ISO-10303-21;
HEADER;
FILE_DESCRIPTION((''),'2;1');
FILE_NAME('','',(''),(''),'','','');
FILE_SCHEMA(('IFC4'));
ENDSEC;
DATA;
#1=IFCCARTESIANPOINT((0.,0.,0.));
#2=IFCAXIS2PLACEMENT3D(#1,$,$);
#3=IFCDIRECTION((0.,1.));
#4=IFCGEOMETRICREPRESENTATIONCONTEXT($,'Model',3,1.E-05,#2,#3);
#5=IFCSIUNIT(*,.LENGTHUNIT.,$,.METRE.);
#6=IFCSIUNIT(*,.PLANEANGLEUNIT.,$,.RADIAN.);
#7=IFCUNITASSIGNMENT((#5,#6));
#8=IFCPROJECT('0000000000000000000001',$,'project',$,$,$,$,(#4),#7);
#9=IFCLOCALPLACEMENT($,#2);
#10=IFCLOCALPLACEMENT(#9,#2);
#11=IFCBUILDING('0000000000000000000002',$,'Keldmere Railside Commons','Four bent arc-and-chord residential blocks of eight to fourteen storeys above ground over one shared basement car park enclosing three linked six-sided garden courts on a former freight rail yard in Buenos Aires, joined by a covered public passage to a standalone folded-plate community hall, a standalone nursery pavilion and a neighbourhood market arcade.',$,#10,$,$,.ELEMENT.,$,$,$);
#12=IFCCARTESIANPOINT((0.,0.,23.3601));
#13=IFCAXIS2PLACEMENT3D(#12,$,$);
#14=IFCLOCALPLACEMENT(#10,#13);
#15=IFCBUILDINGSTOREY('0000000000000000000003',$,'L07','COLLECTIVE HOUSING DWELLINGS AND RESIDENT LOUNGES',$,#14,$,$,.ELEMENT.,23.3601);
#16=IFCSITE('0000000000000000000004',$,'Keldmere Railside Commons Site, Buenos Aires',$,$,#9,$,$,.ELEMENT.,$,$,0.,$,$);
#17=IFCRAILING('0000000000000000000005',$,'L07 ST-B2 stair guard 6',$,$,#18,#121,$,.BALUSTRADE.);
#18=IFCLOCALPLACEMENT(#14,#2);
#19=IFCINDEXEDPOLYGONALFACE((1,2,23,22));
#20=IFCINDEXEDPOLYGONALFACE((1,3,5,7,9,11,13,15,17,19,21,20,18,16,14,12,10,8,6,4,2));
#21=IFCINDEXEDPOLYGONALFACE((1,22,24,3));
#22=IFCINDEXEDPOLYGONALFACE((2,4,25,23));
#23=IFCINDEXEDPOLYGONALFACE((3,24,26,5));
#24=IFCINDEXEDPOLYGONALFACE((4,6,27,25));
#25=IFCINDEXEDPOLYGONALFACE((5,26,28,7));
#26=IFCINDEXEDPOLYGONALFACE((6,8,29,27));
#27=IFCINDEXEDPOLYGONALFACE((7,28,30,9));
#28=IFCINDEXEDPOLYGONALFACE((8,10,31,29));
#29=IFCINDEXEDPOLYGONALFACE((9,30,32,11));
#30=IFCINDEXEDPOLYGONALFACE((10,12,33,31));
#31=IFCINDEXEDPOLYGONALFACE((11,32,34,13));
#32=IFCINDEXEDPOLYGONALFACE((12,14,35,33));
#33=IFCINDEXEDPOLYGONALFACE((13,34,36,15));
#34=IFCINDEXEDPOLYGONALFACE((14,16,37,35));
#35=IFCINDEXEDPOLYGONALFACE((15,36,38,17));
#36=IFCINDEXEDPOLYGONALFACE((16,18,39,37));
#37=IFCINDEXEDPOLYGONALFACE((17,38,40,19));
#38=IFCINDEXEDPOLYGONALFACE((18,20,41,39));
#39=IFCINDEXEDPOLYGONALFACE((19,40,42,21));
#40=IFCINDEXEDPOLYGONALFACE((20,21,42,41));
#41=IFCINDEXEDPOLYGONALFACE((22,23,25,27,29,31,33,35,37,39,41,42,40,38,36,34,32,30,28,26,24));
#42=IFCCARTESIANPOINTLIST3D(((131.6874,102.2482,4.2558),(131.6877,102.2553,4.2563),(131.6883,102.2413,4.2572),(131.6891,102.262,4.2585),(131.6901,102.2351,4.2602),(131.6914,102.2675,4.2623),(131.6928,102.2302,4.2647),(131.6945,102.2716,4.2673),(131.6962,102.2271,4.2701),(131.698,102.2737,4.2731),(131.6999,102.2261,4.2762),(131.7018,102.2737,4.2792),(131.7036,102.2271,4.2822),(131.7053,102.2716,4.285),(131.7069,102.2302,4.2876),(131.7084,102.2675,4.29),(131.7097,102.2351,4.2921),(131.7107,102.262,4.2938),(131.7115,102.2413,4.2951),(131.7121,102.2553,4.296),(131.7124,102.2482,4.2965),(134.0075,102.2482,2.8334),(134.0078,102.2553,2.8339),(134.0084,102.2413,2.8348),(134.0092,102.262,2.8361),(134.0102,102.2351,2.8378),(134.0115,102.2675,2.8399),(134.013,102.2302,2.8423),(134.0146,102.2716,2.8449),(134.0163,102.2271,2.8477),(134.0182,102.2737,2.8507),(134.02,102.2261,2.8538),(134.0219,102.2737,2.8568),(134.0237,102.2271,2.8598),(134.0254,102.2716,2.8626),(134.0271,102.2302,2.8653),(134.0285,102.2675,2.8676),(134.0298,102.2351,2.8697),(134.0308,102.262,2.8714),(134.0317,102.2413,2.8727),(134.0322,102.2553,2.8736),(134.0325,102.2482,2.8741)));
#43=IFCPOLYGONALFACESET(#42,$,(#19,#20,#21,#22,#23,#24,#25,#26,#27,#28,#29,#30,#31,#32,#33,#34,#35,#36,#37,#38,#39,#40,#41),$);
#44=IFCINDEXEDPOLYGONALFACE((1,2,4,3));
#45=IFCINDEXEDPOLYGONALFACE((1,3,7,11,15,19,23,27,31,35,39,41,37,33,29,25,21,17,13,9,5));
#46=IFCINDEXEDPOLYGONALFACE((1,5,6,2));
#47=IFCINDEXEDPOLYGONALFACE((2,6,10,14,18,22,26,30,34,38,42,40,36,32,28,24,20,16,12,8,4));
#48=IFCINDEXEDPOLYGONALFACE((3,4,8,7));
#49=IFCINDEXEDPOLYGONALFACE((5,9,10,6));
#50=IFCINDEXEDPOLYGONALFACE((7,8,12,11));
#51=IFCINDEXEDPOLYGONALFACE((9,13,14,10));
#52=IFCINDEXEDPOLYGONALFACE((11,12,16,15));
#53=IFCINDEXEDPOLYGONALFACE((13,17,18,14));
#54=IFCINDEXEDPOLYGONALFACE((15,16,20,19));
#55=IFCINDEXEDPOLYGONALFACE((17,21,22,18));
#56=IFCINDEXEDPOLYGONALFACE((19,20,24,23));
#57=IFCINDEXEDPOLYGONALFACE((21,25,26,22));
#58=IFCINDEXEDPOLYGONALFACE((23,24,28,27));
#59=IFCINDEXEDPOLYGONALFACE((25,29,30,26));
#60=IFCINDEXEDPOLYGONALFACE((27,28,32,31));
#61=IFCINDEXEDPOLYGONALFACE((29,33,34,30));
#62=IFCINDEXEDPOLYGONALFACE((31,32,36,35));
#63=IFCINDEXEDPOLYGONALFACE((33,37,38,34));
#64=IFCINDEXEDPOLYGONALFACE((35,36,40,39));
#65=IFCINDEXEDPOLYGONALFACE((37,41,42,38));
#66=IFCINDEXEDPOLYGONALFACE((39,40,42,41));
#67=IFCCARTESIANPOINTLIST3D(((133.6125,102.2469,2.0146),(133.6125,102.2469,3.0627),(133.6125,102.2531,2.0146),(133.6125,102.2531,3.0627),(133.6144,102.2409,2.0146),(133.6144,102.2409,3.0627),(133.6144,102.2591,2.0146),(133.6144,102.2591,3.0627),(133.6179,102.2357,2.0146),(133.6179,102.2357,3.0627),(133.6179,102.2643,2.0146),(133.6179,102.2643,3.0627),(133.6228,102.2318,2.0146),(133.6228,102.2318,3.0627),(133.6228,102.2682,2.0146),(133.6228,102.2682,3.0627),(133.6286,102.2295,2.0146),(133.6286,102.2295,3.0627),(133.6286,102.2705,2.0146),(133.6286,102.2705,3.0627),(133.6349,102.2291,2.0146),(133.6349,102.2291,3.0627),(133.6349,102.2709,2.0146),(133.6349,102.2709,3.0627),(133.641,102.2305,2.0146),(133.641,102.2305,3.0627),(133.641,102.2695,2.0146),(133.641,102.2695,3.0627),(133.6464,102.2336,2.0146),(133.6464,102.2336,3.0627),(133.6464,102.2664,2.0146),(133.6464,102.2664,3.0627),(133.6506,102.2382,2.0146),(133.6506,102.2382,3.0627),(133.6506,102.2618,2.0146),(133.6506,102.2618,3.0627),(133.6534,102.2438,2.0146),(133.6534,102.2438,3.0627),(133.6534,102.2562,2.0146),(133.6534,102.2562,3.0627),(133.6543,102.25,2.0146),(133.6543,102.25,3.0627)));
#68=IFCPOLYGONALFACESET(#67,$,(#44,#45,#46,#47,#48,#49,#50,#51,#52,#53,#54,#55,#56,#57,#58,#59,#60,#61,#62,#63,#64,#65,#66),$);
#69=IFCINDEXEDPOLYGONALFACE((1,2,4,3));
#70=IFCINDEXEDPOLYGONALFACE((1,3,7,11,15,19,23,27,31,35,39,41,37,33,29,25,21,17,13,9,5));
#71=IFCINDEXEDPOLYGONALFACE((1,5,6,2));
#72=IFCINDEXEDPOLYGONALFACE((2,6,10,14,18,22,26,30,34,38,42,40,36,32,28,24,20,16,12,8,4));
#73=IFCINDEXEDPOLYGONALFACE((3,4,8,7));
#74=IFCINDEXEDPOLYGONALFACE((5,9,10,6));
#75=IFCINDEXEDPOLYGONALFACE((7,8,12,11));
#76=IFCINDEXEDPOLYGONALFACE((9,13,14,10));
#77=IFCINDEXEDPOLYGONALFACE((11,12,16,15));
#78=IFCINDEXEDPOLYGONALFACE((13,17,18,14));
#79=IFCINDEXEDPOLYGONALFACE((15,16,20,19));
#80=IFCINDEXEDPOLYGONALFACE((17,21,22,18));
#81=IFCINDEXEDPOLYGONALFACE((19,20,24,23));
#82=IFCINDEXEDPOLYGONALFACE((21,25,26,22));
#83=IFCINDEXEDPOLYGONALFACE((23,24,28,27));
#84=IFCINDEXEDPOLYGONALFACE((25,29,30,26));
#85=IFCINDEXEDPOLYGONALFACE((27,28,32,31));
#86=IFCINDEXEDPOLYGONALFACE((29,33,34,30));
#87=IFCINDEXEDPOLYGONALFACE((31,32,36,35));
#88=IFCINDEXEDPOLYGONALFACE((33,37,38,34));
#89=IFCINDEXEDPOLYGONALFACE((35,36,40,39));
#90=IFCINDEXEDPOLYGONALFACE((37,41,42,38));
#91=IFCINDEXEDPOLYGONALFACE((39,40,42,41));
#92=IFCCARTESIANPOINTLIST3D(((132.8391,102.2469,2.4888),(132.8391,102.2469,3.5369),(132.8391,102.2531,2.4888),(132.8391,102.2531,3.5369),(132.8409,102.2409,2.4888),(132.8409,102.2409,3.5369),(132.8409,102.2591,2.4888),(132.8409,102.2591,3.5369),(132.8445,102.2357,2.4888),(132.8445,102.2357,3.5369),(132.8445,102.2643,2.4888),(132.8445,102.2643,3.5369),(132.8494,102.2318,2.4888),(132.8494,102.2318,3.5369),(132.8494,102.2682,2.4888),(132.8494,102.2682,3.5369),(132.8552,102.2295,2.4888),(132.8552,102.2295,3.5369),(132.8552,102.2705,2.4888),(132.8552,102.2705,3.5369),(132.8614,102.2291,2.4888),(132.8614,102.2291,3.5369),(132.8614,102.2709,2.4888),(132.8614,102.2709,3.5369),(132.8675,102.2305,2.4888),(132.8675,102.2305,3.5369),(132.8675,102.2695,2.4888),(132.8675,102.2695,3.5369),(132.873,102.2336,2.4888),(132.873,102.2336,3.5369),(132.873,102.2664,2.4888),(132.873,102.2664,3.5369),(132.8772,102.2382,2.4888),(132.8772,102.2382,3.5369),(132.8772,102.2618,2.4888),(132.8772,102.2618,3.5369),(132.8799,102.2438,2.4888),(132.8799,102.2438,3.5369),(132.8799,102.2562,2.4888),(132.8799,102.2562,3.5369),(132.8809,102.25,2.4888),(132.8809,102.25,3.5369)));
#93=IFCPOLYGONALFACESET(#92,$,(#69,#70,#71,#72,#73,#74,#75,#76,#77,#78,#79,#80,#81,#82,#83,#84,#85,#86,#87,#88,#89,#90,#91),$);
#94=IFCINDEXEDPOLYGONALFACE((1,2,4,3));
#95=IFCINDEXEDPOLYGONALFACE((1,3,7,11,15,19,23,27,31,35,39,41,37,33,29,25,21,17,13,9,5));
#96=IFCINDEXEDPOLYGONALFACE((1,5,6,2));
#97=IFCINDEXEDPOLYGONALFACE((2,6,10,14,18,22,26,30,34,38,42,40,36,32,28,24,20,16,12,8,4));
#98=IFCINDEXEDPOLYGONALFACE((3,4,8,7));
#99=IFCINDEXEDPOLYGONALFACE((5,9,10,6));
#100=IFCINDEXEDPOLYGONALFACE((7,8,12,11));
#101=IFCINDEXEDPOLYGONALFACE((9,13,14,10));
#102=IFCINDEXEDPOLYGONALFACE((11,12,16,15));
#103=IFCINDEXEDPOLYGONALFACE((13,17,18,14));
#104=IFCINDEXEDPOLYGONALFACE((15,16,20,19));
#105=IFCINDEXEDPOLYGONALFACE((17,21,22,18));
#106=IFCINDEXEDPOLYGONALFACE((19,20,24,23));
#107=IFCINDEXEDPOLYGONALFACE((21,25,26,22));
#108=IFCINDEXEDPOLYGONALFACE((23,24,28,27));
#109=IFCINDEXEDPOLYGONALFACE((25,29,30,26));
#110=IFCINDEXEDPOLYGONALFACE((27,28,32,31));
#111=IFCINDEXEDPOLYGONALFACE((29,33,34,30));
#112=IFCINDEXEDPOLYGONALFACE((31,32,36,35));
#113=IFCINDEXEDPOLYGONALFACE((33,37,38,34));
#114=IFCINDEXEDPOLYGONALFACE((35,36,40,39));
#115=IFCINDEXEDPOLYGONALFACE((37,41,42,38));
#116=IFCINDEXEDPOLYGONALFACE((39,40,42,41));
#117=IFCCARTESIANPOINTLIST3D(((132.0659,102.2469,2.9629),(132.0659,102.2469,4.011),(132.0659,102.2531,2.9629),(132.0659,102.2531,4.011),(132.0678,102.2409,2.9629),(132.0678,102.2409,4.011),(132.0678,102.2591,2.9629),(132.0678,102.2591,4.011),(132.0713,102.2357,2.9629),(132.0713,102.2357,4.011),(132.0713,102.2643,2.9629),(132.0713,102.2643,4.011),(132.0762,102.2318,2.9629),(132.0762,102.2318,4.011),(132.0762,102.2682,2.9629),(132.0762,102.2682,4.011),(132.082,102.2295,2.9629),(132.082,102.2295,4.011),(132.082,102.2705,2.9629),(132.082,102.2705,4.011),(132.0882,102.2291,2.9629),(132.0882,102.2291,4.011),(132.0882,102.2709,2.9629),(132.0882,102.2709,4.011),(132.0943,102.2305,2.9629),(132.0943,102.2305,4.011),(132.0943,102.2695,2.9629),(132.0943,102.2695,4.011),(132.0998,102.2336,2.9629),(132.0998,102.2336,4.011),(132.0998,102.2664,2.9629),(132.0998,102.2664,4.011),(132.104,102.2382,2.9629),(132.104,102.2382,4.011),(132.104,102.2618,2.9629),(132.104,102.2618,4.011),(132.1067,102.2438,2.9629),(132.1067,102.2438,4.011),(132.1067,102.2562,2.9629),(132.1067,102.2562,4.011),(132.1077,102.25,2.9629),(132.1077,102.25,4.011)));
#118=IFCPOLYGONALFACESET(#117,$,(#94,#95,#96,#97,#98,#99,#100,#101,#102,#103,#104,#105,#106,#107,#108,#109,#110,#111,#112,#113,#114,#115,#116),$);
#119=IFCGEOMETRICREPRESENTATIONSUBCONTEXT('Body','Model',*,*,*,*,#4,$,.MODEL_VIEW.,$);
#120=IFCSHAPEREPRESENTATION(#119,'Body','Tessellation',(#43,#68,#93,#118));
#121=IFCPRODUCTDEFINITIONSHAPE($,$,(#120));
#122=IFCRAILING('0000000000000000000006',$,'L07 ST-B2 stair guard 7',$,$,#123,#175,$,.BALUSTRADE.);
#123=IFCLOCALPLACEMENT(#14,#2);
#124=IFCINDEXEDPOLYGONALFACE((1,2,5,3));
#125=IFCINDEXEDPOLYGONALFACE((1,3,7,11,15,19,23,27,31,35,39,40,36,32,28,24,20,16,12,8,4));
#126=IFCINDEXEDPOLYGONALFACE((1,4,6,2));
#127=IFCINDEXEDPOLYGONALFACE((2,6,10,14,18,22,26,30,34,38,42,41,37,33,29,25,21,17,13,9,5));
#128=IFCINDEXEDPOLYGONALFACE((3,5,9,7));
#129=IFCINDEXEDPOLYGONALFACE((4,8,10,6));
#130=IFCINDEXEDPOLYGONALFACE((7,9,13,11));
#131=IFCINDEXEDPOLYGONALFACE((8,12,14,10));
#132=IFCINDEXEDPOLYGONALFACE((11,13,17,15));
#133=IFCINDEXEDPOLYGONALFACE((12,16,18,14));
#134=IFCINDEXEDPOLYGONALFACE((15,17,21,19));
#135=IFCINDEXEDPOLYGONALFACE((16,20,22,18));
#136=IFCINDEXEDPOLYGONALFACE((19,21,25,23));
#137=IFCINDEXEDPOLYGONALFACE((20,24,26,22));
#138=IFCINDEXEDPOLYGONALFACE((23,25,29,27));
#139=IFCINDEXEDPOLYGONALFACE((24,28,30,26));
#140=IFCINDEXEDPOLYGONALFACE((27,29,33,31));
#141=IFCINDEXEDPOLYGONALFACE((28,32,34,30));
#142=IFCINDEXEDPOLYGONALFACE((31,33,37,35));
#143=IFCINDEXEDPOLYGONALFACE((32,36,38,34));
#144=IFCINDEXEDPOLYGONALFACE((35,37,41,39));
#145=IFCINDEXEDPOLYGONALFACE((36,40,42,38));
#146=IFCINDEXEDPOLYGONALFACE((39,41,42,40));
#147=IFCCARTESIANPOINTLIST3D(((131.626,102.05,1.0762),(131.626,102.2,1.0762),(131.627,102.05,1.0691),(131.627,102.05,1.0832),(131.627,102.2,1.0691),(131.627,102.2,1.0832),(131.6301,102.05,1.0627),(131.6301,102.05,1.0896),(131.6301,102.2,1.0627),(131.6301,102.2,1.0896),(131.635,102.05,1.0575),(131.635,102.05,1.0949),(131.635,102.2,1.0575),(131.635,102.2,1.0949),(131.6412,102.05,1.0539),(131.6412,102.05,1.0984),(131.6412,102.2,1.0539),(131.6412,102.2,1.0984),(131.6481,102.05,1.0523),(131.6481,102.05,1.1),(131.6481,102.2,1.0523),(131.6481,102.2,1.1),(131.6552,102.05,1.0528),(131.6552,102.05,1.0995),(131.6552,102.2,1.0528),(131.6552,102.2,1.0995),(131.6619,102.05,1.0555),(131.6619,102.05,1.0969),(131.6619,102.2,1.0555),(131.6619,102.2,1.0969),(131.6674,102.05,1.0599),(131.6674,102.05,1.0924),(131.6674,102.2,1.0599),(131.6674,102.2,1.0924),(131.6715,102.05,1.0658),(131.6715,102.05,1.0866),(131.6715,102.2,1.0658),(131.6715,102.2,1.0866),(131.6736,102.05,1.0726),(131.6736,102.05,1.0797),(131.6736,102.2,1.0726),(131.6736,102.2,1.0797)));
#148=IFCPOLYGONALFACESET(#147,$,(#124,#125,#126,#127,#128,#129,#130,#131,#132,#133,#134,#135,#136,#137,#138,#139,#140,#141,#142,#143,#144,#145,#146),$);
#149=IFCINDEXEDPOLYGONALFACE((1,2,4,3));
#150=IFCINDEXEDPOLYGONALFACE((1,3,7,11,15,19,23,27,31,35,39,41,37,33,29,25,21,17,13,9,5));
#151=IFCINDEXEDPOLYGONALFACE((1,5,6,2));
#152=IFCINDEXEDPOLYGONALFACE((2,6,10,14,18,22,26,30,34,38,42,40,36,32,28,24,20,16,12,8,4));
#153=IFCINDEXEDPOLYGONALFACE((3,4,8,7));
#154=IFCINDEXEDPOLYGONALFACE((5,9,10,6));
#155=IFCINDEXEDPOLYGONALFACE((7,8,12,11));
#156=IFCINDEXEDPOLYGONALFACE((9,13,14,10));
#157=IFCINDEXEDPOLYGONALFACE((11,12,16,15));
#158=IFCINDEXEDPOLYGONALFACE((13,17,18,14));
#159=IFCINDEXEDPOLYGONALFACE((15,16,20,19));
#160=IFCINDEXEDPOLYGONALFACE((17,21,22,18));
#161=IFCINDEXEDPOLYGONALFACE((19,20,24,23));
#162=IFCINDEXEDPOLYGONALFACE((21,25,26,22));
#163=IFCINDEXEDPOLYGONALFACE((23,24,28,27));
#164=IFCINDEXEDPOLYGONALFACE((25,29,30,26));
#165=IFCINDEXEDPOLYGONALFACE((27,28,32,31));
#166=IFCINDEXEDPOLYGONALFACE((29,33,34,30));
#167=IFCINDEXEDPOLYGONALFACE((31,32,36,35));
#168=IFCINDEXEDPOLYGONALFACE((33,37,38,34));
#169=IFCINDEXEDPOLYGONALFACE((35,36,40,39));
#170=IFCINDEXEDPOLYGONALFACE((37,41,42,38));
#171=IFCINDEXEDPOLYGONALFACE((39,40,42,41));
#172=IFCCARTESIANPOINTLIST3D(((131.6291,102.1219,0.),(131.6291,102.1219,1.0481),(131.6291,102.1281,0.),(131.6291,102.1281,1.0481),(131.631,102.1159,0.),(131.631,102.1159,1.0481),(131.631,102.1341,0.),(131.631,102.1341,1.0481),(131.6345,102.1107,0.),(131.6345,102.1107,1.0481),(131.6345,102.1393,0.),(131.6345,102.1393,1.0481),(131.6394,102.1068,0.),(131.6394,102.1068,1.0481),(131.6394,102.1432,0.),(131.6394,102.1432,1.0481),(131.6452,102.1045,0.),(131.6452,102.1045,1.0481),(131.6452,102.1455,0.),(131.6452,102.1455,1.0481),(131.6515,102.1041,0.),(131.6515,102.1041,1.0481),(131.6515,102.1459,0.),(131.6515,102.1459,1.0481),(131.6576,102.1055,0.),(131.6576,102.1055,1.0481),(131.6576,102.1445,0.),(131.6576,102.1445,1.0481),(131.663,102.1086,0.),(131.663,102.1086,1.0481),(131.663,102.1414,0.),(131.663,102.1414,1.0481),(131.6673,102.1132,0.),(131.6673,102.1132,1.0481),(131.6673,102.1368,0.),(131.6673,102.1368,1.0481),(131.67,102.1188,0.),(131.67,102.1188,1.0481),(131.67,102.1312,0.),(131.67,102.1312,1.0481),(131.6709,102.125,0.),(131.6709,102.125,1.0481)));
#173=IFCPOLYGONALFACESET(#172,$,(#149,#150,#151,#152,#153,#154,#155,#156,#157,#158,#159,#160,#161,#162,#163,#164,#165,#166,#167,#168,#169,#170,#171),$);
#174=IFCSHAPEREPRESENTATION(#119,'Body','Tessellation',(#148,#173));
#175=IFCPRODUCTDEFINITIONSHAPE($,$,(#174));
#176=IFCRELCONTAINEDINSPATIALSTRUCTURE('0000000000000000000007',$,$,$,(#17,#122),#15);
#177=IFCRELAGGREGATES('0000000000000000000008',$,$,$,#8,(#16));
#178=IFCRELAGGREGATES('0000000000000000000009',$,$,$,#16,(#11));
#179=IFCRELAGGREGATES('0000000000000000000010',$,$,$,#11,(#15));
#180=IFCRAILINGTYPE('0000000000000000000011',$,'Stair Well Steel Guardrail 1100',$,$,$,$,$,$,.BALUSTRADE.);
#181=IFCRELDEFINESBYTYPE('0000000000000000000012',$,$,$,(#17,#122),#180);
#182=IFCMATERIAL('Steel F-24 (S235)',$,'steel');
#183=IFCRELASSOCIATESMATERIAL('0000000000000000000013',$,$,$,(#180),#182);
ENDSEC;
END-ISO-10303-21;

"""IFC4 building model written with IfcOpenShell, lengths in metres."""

from ifc_helpers import new_model, si_unit, direction, frame, origin, origin_2d, place, context, subcontext, project, spatial, circle, extrude, material, type_object, element, save


model = new_model("IFC4")

# Units and contexts
model_context = context("Model", 3, precision=1e-05, world=origin(), true_north=direction((0.0, 1.0)))
body_context = subcontext(model_context, "Body", "Model", "MODEL_VIEW")
ifc_project = project(units=[si_unit("LENGTHUNIT", "METRE"), si_unit("PLANEANGLEUNIT", "RADIAN")], contexts=[model_context])

# Site, building, storey
site_placement = place(None, origin())
site = spatial("IfcSite", under=ifc_project, at=site_placement, Name="Keldmere Railside Commons Site, Buenos Aires", CompositionType="ELEMENT", RefElevation=0.0)
building_placement = place(site_placement, origin())
building = spatial("IfcBuilding", under=site, at=building_placement, Name="Keldmere Railside Commons", Description="Four bent arc-and-chord residential blocks of eight to fourteen storeys above ground over one shared basement car park enclosing three linked six-sided garden courts on a former freight rail yard in Buenos Aires, joined by a covered public passage to a standalone folded-plate community hall, a standalone nursery pavilion and a neighbourhood market arcade.", CompositionType="ELEMENT")
storey_placement = place(building_placement, frame((0.0, 0.0, 23.3601)))
storey = spatial("IfcBuildingStorey", under=building, at=storey_placement, Name="L07", Description="COLLECTIVE HOUSING DWELLINGS AND RESIDENT LOUNGES", CompositionType="ELEMENT", Elevation=23.3601)

# Shared definitions
ifc_material_1 = material(Name="Steel F-24 (S235)", Category="steel")

# Railings
railing_type_1 = type_object("IfcRailingType", Name="Stair Well Steel Guardrail 1100", PredefinedType="BALUSTRADE", material=ifc_material_1)
railing_1_placement = place(storey_placement, frame((134.02, 102.25, 1.7776)))
element("IfcRailing", 1, at=railing_1_placement, inside=storey, type_object=railing_type_1, Name="L07 ST-B2 stair guard 6", PredefinedType="BALUSTRADE", context=body_context, shape_type="SweptSolid", body=[
    extrude(circle(Radius=0.0239, at=origin_2d()), frame((0.0, 0.0, 1.0762), z_axis=(-0.852538, 0.0, 0.522665), x_axis=(0.0, -1.0, 0.0)), (0.0, 0.0, 1.0), 2.7214),
    extrude(circle(Radius=0.021, at=origin_2d()), frame((-0.3867, 0.0, 0.2371)), (0.0, 0.0, 1.0), 1.0481),
    extrude(circle(Radius=0.021, at=origin_2d()), frame((-1.1602, 0.0, 0.7112)), (0.0, 0.0, 1.0), 1.0481),
    extrude(circle(Radius=0.021, at=origin_2d()), frame((-1.9333, 0.0, 1.1853)), (0.0, 0.0, 1.0), 1.0481),
])
railing_2_placement = place(storey_placement, frame((131.6499, 102.05, 0.0)))
element("IfcRailing", 2, at=railing_2_placement, inside=storey, type_object=railing_type_1, Name="L07 ST-B2 stair guard 7", PredefinedType="BALUSTRADE", context=body_context, shape_type="SweptSolid", body=[
    extrude(circle(Radius=0.0239, at=origin_2d()), frame((0.0, 0.0, 1.0762), z_axis=(0.0, 1.0, 0.0), x_axis=(-1.0, 0.0, 0.0)), (0.0, 0.0, 1.0), 0.1499),
    extrude(circle(Radius=0.021, at=origin_2d()), frame((0.0, 0.075, 0.0)), (0.0, 0.0, 1.0), 1.0481),
])

save(model, "model.ifc")
